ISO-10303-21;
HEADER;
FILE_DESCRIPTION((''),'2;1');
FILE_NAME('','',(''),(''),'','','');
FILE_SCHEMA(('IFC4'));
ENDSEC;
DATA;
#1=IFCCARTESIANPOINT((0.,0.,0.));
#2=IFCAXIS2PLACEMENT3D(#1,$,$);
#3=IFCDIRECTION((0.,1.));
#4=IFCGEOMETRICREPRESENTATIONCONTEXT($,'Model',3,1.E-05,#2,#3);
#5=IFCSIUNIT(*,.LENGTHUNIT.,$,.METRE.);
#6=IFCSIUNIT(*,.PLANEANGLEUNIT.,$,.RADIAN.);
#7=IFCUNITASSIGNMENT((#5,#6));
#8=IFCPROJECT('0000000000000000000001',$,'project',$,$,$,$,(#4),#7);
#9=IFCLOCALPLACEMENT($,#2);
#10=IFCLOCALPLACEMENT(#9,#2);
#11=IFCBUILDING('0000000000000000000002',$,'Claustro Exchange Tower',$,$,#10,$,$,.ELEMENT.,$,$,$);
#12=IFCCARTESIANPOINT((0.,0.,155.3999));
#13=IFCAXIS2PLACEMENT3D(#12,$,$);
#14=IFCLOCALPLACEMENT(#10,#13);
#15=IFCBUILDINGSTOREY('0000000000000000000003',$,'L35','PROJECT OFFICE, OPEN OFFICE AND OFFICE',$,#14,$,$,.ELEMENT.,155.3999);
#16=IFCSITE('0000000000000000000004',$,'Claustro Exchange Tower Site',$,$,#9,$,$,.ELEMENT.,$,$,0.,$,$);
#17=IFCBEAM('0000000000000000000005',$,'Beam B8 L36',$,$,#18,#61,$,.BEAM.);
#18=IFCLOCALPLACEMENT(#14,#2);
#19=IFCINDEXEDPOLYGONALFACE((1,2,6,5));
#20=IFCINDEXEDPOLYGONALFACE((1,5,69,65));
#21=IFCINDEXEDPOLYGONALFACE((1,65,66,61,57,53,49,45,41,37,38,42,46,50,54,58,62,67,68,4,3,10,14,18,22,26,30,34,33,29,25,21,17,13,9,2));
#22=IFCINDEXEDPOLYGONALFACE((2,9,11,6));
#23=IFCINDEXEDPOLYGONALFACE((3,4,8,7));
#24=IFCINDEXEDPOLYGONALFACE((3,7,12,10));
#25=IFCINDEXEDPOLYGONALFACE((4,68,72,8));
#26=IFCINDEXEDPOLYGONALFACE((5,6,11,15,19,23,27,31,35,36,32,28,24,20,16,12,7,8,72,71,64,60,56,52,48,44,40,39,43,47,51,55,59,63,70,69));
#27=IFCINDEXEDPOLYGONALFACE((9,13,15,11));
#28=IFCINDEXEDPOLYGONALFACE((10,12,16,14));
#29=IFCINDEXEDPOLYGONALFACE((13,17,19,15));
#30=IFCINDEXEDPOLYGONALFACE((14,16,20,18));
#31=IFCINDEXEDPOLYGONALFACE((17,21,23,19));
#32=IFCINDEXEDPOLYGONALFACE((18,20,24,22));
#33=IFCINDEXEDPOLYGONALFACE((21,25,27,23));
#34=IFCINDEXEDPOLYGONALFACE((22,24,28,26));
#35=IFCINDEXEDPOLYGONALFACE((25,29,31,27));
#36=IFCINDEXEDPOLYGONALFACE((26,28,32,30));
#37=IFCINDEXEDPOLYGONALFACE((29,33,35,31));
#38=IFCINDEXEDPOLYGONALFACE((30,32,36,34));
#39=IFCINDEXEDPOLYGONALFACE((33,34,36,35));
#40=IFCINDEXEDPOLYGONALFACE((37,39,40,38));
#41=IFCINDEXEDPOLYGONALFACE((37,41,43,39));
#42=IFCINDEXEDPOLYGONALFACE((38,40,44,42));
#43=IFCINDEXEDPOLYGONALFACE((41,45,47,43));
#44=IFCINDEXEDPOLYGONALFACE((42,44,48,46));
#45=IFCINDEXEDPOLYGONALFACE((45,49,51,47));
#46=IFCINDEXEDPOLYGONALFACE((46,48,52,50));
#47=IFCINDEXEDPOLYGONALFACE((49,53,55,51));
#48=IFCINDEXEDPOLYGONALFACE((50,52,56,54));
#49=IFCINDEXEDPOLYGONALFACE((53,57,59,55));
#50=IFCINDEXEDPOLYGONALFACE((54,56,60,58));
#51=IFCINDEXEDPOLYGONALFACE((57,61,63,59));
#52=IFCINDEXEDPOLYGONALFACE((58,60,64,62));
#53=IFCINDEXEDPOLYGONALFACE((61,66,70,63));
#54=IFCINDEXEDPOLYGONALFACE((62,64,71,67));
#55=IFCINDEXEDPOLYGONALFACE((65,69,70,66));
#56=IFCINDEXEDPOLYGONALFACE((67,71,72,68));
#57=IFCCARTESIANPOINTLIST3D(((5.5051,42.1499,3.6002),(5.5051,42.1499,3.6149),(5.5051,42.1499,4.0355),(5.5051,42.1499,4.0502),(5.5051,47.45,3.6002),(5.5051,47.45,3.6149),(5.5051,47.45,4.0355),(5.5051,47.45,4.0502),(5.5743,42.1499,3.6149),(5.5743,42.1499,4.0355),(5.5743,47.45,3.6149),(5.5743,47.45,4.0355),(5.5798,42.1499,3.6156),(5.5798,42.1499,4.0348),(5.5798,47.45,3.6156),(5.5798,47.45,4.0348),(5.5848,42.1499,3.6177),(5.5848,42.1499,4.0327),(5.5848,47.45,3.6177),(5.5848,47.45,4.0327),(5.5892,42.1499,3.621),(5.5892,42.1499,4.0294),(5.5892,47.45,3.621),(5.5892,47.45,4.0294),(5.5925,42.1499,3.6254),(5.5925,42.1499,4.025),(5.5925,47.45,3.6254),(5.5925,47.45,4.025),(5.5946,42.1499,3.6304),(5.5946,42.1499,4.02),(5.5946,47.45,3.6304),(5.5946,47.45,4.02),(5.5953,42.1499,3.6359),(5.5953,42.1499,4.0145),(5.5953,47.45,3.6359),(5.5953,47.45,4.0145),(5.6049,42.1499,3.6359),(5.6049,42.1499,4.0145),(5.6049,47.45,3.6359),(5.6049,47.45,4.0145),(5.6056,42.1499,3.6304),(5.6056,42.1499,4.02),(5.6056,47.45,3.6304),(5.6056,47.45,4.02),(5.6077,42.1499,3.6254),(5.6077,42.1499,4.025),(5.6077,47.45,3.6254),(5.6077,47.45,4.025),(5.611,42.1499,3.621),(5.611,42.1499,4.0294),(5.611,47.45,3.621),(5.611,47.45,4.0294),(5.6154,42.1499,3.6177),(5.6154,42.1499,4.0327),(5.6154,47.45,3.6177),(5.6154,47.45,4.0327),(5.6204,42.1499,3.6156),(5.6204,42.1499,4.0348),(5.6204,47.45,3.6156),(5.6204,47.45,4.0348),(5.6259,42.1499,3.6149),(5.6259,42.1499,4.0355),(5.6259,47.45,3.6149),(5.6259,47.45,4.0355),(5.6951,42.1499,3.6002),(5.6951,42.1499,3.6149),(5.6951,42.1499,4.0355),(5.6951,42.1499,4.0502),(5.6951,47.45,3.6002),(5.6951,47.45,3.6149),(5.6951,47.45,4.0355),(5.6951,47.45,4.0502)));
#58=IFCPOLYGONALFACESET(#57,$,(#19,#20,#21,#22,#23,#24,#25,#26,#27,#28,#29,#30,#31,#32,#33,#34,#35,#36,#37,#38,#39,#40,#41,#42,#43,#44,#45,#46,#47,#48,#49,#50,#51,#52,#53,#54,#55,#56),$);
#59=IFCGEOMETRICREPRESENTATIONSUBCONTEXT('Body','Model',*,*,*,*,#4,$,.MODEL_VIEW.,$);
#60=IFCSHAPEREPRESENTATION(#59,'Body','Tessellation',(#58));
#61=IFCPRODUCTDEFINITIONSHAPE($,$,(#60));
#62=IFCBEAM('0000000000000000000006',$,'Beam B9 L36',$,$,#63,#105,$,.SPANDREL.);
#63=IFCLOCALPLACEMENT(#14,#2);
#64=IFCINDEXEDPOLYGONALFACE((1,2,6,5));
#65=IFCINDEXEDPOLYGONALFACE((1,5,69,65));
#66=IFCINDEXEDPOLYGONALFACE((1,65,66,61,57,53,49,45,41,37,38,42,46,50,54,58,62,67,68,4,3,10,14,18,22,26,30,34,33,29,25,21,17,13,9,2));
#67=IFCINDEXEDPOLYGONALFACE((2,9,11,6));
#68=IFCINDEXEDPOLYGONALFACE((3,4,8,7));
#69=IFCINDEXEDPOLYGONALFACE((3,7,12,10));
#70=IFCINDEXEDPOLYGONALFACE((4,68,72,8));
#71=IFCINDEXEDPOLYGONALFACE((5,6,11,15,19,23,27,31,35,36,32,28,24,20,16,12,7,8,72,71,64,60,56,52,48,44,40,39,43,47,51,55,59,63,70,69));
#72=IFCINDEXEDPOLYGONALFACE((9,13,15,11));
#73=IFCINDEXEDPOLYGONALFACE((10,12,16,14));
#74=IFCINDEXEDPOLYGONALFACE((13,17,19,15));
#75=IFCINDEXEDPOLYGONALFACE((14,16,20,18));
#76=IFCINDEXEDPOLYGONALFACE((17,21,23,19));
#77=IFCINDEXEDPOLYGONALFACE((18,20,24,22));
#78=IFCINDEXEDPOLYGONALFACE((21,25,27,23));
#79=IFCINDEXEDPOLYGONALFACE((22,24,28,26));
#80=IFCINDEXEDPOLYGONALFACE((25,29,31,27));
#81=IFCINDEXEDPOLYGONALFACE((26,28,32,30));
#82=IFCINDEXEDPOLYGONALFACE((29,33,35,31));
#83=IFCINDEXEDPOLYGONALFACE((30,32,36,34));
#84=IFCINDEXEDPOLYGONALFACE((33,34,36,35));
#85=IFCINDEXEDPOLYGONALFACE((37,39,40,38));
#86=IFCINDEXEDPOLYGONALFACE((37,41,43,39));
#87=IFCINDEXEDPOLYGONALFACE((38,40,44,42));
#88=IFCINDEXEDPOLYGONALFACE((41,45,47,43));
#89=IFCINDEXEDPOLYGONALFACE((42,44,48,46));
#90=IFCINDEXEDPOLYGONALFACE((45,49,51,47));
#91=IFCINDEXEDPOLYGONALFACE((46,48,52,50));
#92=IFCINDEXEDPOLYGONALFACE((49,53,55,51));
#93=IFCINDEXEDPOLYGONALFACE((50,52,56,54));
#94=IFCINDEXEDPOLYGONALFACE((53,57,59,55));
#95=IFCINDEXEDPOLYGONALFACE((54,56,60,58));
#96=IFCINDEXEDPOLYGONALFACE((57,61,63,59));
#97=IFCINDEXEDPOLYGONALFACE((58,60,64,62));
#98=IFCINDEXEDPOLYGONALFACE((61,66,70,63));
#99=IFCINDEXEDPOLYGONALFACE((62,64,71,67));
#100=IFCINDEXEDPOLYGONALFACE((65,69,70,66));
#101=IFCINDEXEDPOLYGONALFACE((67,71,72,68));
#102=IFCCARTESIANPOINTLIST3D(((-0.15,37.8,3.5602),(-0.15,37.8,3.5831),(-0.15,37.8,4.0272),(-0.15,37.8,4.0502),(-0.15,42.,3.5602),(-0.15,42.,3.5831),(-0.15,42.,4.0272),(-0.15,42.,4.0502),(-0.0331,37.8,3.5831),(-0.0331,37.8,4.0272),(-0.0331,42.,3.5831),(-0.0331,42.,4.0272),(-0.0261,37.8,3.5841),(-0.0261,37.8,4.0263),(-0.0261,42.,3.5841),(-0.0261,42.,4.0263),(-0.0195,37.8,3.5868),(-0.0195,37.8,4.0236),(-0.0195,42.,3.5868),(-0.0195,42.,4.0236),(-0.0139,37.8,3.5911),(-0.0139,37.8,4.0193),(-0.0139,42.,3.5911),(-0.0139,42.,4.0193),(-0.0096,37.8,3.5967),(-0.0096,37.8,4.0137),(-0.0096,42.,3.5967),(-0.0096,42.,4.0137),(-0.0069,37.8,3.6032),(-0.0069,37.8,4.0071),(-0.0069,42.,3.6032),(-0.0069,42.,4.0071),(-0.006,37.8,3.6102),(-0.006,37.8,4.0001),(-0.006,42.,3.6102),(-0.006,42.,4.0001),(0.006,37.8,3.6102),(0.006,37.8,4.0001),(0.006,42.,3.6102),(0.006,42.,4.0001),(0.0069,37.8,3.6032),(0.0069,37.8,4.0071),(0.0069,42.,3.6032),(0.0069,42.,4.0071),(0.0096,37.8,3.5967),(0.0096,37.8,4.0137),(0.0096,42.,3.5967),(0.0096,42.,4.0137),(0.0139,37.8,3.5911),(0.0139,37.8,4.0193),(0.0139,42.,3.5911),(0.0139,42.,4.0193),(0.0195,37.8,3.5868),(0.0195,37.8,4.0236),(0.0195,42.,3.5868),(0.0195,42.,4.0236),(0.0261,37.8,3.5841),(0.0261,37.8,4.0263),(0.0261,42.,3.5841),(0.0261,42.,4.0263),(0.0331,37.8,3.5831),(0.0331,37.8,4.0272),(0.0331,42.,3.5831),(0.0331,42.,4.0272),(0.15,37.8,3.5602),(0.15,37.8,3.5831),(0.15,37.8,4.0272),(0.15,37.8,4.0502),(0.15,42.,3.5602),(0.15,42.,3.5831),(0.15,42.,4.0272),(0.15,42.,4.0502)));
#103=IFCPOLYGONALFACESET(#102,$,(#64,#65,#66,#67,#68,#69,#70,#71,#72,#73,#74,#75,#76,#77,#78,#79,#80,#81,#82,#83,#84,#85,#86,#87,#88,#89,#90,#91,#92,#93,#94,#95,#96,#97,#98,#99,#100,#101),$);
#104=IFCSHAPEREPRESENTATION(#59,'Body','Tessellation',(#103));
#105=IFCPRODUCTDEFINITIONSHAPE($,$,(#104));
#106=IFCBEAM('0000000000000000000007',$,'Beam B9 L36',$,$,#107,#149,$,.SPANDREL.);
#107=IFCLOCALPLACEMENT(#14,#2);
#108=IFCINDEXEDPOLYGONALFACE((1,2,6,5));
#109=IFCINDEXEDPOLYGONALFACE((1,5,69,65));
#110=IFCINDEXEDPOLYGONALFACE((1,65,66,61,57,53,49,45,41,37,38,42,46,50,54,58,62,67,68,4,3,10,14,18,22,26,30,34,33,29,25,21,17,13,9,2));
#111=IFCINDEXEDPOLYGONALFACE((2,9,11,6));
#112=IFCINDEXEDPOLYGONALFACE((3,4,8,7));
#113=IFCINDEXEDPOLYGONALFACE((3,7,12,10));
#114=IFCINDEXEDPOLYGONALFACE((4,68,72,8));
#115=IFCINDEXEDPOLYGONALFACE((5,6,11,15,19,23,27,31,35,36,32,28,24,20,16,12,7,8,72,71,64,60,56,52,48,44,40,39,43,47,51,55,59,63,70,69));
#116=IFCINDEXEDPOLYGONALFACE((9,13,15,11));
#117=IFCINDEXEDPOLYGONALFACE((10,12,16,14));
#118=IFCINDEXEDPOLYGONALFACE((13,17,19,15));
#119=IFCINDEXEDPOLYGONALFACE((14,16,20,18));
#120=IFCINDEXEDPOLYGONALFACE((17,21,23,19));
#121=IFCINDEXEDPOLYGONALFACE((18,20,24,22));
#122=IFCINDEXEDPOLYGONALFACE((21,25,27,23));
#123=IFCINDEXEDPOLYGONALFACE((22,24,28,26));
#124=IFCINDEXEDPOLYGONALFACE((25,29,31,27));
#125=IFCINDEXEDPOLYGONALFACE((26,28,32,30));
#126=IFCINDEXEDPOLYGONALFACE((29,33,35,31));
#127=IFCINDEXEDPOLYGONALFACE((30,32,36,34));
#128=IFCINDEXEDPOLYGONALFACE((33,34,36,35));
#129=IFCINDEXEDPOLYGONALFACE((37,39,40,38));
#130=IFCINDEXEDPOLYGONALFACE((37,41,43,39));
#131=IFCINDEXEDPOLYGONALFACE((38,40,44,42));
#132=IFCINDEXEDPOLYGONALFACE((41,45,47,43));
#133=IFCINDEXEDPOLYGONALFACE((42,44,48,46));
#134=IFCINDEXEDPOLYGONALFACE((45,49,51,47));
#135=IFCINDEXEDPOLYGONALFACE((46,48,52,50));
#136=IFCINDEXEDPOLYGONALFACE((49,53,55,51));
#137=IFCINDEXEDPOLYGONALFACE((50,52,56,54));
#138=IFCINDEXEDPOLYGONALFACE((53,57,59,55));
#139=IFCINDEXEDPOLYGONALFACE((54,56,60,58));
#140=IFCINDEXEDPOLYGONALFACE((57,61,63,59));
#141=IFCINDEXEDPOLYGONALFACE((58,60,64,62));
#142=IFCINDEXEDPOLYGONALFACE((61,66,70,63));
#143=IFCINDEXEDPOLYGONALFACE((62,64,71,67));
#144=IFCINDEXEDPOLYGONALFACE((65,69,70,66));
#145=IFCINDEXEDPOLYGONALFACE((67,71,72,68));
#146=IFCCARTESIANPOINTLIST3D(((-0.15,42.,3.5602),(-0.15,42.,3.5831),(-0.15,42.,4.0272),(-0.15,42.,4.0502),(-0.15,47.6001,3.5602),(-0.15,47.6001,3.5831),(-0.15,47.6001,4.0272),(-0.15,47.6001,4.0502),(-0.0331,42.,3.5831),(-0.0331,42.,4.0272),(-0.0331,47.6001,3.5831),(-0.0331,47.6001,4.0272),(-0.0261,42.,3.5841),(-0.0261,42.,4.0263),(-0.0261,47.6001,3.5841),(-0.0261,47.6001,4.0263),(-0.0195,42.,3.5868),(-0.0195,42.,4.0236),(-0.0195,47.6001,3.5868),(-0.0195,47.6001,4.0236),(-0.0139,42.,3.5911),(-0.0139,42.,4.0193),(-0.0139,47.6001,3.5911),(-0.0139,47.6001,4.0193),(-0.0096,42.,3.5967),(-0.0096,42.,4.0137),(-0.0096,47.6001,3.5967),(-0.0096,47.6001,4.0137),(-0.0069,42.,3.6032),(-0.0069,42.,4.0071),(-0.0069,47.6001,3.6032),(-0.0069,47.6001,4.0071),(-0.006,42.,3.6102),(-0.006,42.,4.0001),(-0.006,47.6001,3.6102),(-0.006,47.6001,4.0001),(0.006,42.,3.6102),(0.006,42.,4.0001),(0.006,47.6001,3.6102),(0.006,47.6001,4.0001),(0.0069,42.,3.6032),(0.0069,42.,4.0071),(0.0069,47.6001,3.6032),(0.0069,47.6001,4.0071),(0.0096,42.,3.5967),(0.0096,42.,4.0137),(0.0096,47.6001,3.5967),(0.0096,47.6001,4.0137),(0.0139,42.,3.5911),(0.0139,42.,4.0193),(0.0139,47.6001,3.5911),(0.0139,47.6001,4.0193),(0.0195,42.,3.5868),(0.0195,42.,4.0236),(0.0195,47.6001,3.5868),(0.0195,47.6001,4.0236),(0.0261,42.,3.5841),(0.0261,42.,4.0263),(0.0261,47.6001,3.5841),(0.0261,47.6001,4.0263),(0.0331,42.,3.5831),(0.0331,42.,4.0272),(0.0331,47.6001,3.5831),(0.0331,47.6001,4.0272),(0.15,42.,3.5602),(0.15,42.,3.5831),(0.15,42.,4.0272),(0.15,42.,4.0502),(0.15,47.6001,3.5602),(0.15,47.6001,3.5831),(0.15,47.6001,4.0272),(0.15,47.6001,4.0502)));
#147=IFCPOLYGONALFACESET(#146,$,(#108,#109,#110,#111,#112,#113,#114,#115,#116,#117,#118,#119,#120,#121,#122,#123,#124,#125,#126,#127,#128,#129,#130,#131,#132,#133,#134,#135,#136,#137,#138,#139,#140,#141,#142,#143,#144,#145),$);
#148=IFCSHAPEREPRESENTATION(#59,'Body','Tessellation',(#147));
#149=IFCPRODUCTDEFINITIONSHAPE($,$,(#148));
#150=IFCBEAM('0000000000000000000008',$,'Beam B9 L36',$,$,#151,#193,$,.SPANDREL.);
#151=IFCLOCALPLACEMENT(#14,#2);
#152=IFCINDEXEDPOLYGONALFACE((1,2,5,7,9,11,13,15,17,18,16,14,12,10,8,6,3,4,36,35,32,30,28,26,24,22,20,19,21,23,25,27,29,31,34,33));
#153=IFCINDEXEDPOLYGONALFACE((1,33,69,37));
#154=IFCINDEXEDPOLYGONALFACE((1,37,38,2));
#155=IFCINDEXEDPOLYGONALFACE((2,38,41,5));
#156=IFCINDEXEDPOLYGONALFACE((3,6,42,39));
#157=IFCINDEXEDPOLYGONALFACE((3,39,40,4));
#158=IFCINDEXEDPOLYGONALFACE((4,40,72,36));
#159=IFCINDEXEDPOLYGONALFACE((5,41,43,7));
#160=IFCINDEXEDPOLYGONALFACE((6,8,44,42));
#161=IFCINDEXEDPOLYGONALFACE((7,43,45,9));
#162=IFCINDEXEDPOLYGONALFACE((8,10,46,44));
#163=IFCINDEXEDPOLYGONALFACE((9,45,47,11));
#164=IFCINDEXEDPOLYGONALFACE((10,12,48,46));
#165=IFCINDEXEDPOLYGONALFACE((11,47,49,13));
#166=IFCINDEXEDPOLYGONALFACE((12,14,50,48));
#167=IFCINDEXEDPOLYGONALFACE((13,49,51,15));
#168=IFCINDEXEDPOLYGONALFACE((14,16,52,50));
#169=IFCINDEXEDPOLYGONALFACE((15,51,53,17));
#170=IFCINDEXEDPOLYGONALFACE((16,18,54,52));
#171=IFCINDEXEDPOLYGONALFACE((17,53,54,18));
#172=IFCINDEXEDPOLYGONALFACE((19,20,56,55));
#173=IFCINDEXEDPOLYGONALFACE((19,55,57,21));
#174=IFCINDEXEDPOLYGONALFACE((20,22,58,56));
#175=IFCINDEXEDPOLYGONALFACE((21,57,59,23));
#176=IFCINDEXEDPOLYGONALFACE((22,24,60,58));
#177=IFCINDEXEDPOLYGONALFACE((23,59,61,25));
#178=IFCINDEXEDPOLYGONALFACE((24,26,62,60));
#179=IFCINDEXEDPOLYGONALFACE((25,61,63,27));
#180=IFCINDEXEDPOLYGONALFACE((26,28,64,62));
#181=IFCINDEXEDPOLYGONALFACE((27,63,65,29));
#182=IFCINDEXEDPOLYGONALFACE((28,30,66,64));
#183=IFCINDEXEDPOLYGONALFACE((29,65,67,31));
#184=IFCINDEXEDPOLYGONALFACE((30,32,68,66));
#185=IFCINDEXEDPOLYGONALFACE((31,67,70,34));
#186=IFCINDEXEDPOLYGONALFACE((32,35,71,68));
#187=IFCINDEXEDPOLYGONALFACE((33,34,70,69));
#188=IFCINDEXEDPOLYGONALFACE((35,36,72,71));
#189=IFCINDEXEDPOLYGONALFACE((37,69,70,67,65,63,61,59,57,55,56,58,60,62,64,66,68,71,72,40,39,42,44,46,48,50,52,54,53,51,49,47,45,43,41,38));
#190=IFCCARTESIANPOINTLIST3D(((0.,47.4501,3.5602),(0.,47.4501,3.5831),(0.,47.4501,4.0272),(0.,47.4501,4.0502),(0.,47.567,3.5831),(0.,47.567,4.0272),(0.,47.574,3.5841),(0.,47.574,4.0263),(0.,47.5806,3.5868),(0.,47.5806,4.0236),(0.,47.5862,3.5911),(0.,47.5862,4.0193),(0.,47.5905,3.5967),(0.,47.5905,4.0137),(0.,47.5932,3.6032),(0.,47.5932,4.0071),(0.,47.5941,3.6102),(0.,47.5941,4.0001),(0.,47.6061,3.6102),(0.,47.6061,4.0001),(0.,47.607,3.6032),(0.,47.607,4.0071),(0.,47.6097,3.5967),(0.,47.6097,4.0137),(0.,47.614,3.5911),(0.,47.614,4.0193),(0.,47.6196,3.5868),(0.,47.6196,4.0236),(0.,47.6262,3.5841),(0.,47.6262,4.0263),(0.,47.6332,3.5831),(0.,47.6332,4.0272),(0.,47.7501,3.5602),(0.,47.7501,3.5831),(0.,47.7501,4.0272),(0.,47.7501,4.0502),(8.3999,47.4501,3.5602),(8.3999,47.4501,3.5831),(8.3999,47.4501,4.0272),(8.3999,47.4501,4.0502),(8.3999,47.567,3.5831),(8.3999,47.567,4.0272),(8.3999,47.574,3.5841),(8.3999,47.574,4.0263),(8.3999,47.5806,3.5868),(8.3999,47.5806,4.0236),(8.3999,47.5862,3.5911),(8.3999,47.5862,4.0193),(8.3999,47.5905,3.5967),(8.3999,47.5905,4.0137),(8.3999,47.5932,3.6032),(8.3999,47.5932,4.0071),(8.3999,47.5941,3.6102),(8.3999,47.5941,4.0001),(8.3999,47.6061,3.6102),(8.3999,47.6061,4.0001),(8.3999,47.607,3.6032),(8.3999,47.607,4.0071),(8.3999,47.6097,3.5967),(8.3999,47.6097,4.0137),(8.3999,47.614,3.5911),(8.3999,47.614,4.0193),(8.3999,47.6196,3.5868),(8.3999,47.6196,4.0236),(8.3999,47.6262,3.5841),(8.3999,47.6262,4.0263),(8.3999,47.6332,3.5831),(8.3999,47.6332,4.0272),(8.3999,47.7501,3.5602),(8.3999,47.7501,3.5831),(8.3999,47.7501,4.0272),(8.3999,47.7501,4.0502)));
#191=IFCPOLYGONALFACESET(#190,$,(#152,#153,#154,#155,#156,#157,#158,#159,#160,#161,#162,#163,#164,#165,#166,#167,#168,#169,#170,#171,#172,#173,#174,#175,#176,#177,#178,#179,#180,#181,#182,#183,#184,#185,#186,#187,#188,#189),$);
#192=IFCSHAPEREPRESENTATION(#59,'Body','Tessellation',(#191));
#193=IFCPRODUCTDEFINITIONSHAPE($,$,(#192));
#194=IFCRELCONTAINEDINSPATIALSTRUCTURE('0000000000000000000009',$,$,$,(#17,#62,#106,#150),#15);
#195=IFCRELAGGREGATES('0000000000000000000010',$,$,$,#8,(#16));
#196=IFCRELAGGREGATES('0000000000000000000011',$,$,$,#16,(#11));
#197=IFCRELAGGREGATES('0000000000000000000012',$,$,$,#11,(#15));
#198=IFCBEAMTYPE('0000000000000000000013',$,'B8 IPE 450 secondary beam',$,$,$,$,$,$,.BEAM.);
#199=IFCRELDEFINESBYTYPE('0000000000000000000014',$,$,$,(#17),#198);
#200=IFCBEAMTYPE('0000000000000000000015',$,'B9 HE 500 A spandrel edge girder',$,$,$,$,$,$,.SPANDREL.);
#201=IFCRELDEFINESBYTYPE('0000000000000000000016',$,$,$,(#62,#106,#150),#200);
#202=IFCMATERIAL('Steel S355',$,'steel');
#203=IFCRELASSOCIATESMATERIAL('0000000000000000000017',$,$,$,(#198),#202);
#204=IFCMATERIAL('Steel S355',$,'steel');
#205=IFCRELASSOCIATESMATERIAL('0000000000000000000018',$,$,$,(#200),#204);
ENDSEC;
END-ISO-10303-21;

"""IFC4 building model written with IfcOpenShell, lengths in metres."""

from ifc_helpers import new_model, si_unit, direction, frame, origin, origin_2d, place, context, subcontext, project, spatial, i_section, extrude, material, material_profile, profile_set, type_object, element, save


model = new_model("IFC4")

# Units and contexts
model_context = context("Model", 3, precision=1e-05, world=origin(), true_north=direction((0.0, 1.0)))
body_context = subcontext(model_context, "Body", "Model", "MODEL_VIEW")
ifc_project = project(units=[si_unit("LENGTHUNIT", "METRE"), si_unit("PLANEANGLEUNIT", "RADIAN")], contexts=[model_context])

# Site, building, storey
site_placement = place(None, origin())
site = spatial("IfcSite", under=ifc_project, at=site_placement, Name="Claustro Exchange Tower Site", CompositionType="ELEMENT", RefElevation=0.0)
building_placement = place(site_placement, origin())
building = spatial("IfcBuilding", under=site, at=building_placement, Name="Claustro Exchange Tower", CompositionType="ELEMENT")
storey_placement = place(building_placement, frame((0.0, 0.0, 155.3999)))
storey = spatial("IfcBuildingStorey", under=building, at=storey_placement, Name="L35", Description="PROJECT OFFICE, OPEN OFFICE AND OFFICE", CompositionType="ELEMENT", Elevation=155.3999)

# Beams
ifc_material_1 = material(Name="Steel S355", Category="steel")
ifc_material_profile_1 = material_profile(ifc_material_1, i_section(OverallWidth=0.1899, OverallDepth=0.45, WebThickness=0.0095, FlangeThickness=0.0146, FilletRadius=0.021, at=origin_2d()), Name="IPE 450")
ifc_profile_set_1 = profile_set([ifc_material_profile_1], Name="Steel S355")
beam_type_1 = type_object("IfcBeamType", Name="B8 IPE 450 secondary beam", PredefinedType="BEAM", material=ifc_profile_set_1)
for number, where, z_axis, x_axis, name in (
    (1, (5.6001, 42.1499, 3.8252), (0.0, 1.0, 0.0), (-1.0, 0.0, 0.0), "Beam B8 L36"),
):
    element("IfcBeam", number, at=place(storey_placement, frame(where, z_axis=z_axis, x_axis=x_axis)), inside=storey, type_object=beam_type_1, Name=name, PredefinedType="BEAM", context=body_context, shape_type="SweptSolid", body=[
        extrude(i_section(OverallWidth=0.1899, OverallDepth=0.45, WebThickness=0.0095, FlangeThickness=0.0146, FilletRadius=0.021, at=origin_2d()), origin(), (0.0, 0.0, 1.0), 5.3),
    ])
ifc_material_2 = material(Name="Steel S355", Category="steel")
ifc_material_profile_2 = material_profile(ifc_material_2, i_section(OverallWidth=0.3, OverallDepth=0.49, WebThickness=0.012, FlangeThickness=0.0229, FilletRadius=0.0271, at=origin_2d()), Name="HE 500 A")
ifc_profile_set_2 = profile_set([ifc_material_profile_2], Name="Steel S355")
beam_type_2 = type_object("IfcBeamType", Name="B9 HE 500 A spandrel edge girder", PredefinedType="SPANDREL", material=ifc_profile_set_2)
beam_1_placement = place(storey_placement, frame((0.0, 37.8, 3.8052), z_axis=(0.0, 1.0, 0.0), x_axis=(-1.0, 0.0, 0.0)))
element("IfcBeam", 2, at=beam_1_placement, inside=storey, type_object=beam_type_2, Name="Beam B9 L36", PredefinedType="SPANDREL", context=body_context, shape_type="SweptSolid", body=[
    extrude(i_section(OverallWidth=0.3, OverallDepth=0.49, WebThickness=0.012, FlangeThickness=0.0229, FilletRadius=0.0271, at=origin_2d()), origin(), (0.0, 0.0, 1.0), 4.2),
])
beam_2_placement = place(storey_placement, frame((0.0, 42.0, 3.8052), z_axis=(0.0, 1.0, 0.0), x_axis=(-1.0, 0.0, 0.0)))
element("IfcBeam", 3, at=beam_2_placement, inside=storey, type_object=beam_type_2, Name="Beam B9 L36", PredefinedType="SPANDREL", context=body_context, shape_type="SweptSolid", body=[
    extrude(i_section(OverallWidth=0.3, OverallDepth=0.49, WebThickness=0.012, FlangeThickness=0.0229, FilletRadius=0.0271, at=origin_2d()), origin(), (0.0, 0.0, 1.0), 5.6001),
])
beam_3_placement = place(storey_placement, frame((0.0, 47.6001, 3.8052), z_axis=(1.0, 0.0, 0.0), x_axis=(0.0, 1.0, 0.0)))
element("IfcBeam", 4, at=beam_3_placement, inside=storey, type_object=beam_type_2, Name="Beam B9 L36", PredefinedType="SPANDREL", context=body_context, shape_type="SweptSolid", body=[
    extrude(i_section(OverallWidth=0.3, OverallDepth=0.49, WebThickness=0.012, FlangeThickness=0.0229, FilletRadius=0.0271, at=origin_2d()), origin(), (0.0, 0.0, 1.0), 8.3999),
])

save(model, "model.ifc")
